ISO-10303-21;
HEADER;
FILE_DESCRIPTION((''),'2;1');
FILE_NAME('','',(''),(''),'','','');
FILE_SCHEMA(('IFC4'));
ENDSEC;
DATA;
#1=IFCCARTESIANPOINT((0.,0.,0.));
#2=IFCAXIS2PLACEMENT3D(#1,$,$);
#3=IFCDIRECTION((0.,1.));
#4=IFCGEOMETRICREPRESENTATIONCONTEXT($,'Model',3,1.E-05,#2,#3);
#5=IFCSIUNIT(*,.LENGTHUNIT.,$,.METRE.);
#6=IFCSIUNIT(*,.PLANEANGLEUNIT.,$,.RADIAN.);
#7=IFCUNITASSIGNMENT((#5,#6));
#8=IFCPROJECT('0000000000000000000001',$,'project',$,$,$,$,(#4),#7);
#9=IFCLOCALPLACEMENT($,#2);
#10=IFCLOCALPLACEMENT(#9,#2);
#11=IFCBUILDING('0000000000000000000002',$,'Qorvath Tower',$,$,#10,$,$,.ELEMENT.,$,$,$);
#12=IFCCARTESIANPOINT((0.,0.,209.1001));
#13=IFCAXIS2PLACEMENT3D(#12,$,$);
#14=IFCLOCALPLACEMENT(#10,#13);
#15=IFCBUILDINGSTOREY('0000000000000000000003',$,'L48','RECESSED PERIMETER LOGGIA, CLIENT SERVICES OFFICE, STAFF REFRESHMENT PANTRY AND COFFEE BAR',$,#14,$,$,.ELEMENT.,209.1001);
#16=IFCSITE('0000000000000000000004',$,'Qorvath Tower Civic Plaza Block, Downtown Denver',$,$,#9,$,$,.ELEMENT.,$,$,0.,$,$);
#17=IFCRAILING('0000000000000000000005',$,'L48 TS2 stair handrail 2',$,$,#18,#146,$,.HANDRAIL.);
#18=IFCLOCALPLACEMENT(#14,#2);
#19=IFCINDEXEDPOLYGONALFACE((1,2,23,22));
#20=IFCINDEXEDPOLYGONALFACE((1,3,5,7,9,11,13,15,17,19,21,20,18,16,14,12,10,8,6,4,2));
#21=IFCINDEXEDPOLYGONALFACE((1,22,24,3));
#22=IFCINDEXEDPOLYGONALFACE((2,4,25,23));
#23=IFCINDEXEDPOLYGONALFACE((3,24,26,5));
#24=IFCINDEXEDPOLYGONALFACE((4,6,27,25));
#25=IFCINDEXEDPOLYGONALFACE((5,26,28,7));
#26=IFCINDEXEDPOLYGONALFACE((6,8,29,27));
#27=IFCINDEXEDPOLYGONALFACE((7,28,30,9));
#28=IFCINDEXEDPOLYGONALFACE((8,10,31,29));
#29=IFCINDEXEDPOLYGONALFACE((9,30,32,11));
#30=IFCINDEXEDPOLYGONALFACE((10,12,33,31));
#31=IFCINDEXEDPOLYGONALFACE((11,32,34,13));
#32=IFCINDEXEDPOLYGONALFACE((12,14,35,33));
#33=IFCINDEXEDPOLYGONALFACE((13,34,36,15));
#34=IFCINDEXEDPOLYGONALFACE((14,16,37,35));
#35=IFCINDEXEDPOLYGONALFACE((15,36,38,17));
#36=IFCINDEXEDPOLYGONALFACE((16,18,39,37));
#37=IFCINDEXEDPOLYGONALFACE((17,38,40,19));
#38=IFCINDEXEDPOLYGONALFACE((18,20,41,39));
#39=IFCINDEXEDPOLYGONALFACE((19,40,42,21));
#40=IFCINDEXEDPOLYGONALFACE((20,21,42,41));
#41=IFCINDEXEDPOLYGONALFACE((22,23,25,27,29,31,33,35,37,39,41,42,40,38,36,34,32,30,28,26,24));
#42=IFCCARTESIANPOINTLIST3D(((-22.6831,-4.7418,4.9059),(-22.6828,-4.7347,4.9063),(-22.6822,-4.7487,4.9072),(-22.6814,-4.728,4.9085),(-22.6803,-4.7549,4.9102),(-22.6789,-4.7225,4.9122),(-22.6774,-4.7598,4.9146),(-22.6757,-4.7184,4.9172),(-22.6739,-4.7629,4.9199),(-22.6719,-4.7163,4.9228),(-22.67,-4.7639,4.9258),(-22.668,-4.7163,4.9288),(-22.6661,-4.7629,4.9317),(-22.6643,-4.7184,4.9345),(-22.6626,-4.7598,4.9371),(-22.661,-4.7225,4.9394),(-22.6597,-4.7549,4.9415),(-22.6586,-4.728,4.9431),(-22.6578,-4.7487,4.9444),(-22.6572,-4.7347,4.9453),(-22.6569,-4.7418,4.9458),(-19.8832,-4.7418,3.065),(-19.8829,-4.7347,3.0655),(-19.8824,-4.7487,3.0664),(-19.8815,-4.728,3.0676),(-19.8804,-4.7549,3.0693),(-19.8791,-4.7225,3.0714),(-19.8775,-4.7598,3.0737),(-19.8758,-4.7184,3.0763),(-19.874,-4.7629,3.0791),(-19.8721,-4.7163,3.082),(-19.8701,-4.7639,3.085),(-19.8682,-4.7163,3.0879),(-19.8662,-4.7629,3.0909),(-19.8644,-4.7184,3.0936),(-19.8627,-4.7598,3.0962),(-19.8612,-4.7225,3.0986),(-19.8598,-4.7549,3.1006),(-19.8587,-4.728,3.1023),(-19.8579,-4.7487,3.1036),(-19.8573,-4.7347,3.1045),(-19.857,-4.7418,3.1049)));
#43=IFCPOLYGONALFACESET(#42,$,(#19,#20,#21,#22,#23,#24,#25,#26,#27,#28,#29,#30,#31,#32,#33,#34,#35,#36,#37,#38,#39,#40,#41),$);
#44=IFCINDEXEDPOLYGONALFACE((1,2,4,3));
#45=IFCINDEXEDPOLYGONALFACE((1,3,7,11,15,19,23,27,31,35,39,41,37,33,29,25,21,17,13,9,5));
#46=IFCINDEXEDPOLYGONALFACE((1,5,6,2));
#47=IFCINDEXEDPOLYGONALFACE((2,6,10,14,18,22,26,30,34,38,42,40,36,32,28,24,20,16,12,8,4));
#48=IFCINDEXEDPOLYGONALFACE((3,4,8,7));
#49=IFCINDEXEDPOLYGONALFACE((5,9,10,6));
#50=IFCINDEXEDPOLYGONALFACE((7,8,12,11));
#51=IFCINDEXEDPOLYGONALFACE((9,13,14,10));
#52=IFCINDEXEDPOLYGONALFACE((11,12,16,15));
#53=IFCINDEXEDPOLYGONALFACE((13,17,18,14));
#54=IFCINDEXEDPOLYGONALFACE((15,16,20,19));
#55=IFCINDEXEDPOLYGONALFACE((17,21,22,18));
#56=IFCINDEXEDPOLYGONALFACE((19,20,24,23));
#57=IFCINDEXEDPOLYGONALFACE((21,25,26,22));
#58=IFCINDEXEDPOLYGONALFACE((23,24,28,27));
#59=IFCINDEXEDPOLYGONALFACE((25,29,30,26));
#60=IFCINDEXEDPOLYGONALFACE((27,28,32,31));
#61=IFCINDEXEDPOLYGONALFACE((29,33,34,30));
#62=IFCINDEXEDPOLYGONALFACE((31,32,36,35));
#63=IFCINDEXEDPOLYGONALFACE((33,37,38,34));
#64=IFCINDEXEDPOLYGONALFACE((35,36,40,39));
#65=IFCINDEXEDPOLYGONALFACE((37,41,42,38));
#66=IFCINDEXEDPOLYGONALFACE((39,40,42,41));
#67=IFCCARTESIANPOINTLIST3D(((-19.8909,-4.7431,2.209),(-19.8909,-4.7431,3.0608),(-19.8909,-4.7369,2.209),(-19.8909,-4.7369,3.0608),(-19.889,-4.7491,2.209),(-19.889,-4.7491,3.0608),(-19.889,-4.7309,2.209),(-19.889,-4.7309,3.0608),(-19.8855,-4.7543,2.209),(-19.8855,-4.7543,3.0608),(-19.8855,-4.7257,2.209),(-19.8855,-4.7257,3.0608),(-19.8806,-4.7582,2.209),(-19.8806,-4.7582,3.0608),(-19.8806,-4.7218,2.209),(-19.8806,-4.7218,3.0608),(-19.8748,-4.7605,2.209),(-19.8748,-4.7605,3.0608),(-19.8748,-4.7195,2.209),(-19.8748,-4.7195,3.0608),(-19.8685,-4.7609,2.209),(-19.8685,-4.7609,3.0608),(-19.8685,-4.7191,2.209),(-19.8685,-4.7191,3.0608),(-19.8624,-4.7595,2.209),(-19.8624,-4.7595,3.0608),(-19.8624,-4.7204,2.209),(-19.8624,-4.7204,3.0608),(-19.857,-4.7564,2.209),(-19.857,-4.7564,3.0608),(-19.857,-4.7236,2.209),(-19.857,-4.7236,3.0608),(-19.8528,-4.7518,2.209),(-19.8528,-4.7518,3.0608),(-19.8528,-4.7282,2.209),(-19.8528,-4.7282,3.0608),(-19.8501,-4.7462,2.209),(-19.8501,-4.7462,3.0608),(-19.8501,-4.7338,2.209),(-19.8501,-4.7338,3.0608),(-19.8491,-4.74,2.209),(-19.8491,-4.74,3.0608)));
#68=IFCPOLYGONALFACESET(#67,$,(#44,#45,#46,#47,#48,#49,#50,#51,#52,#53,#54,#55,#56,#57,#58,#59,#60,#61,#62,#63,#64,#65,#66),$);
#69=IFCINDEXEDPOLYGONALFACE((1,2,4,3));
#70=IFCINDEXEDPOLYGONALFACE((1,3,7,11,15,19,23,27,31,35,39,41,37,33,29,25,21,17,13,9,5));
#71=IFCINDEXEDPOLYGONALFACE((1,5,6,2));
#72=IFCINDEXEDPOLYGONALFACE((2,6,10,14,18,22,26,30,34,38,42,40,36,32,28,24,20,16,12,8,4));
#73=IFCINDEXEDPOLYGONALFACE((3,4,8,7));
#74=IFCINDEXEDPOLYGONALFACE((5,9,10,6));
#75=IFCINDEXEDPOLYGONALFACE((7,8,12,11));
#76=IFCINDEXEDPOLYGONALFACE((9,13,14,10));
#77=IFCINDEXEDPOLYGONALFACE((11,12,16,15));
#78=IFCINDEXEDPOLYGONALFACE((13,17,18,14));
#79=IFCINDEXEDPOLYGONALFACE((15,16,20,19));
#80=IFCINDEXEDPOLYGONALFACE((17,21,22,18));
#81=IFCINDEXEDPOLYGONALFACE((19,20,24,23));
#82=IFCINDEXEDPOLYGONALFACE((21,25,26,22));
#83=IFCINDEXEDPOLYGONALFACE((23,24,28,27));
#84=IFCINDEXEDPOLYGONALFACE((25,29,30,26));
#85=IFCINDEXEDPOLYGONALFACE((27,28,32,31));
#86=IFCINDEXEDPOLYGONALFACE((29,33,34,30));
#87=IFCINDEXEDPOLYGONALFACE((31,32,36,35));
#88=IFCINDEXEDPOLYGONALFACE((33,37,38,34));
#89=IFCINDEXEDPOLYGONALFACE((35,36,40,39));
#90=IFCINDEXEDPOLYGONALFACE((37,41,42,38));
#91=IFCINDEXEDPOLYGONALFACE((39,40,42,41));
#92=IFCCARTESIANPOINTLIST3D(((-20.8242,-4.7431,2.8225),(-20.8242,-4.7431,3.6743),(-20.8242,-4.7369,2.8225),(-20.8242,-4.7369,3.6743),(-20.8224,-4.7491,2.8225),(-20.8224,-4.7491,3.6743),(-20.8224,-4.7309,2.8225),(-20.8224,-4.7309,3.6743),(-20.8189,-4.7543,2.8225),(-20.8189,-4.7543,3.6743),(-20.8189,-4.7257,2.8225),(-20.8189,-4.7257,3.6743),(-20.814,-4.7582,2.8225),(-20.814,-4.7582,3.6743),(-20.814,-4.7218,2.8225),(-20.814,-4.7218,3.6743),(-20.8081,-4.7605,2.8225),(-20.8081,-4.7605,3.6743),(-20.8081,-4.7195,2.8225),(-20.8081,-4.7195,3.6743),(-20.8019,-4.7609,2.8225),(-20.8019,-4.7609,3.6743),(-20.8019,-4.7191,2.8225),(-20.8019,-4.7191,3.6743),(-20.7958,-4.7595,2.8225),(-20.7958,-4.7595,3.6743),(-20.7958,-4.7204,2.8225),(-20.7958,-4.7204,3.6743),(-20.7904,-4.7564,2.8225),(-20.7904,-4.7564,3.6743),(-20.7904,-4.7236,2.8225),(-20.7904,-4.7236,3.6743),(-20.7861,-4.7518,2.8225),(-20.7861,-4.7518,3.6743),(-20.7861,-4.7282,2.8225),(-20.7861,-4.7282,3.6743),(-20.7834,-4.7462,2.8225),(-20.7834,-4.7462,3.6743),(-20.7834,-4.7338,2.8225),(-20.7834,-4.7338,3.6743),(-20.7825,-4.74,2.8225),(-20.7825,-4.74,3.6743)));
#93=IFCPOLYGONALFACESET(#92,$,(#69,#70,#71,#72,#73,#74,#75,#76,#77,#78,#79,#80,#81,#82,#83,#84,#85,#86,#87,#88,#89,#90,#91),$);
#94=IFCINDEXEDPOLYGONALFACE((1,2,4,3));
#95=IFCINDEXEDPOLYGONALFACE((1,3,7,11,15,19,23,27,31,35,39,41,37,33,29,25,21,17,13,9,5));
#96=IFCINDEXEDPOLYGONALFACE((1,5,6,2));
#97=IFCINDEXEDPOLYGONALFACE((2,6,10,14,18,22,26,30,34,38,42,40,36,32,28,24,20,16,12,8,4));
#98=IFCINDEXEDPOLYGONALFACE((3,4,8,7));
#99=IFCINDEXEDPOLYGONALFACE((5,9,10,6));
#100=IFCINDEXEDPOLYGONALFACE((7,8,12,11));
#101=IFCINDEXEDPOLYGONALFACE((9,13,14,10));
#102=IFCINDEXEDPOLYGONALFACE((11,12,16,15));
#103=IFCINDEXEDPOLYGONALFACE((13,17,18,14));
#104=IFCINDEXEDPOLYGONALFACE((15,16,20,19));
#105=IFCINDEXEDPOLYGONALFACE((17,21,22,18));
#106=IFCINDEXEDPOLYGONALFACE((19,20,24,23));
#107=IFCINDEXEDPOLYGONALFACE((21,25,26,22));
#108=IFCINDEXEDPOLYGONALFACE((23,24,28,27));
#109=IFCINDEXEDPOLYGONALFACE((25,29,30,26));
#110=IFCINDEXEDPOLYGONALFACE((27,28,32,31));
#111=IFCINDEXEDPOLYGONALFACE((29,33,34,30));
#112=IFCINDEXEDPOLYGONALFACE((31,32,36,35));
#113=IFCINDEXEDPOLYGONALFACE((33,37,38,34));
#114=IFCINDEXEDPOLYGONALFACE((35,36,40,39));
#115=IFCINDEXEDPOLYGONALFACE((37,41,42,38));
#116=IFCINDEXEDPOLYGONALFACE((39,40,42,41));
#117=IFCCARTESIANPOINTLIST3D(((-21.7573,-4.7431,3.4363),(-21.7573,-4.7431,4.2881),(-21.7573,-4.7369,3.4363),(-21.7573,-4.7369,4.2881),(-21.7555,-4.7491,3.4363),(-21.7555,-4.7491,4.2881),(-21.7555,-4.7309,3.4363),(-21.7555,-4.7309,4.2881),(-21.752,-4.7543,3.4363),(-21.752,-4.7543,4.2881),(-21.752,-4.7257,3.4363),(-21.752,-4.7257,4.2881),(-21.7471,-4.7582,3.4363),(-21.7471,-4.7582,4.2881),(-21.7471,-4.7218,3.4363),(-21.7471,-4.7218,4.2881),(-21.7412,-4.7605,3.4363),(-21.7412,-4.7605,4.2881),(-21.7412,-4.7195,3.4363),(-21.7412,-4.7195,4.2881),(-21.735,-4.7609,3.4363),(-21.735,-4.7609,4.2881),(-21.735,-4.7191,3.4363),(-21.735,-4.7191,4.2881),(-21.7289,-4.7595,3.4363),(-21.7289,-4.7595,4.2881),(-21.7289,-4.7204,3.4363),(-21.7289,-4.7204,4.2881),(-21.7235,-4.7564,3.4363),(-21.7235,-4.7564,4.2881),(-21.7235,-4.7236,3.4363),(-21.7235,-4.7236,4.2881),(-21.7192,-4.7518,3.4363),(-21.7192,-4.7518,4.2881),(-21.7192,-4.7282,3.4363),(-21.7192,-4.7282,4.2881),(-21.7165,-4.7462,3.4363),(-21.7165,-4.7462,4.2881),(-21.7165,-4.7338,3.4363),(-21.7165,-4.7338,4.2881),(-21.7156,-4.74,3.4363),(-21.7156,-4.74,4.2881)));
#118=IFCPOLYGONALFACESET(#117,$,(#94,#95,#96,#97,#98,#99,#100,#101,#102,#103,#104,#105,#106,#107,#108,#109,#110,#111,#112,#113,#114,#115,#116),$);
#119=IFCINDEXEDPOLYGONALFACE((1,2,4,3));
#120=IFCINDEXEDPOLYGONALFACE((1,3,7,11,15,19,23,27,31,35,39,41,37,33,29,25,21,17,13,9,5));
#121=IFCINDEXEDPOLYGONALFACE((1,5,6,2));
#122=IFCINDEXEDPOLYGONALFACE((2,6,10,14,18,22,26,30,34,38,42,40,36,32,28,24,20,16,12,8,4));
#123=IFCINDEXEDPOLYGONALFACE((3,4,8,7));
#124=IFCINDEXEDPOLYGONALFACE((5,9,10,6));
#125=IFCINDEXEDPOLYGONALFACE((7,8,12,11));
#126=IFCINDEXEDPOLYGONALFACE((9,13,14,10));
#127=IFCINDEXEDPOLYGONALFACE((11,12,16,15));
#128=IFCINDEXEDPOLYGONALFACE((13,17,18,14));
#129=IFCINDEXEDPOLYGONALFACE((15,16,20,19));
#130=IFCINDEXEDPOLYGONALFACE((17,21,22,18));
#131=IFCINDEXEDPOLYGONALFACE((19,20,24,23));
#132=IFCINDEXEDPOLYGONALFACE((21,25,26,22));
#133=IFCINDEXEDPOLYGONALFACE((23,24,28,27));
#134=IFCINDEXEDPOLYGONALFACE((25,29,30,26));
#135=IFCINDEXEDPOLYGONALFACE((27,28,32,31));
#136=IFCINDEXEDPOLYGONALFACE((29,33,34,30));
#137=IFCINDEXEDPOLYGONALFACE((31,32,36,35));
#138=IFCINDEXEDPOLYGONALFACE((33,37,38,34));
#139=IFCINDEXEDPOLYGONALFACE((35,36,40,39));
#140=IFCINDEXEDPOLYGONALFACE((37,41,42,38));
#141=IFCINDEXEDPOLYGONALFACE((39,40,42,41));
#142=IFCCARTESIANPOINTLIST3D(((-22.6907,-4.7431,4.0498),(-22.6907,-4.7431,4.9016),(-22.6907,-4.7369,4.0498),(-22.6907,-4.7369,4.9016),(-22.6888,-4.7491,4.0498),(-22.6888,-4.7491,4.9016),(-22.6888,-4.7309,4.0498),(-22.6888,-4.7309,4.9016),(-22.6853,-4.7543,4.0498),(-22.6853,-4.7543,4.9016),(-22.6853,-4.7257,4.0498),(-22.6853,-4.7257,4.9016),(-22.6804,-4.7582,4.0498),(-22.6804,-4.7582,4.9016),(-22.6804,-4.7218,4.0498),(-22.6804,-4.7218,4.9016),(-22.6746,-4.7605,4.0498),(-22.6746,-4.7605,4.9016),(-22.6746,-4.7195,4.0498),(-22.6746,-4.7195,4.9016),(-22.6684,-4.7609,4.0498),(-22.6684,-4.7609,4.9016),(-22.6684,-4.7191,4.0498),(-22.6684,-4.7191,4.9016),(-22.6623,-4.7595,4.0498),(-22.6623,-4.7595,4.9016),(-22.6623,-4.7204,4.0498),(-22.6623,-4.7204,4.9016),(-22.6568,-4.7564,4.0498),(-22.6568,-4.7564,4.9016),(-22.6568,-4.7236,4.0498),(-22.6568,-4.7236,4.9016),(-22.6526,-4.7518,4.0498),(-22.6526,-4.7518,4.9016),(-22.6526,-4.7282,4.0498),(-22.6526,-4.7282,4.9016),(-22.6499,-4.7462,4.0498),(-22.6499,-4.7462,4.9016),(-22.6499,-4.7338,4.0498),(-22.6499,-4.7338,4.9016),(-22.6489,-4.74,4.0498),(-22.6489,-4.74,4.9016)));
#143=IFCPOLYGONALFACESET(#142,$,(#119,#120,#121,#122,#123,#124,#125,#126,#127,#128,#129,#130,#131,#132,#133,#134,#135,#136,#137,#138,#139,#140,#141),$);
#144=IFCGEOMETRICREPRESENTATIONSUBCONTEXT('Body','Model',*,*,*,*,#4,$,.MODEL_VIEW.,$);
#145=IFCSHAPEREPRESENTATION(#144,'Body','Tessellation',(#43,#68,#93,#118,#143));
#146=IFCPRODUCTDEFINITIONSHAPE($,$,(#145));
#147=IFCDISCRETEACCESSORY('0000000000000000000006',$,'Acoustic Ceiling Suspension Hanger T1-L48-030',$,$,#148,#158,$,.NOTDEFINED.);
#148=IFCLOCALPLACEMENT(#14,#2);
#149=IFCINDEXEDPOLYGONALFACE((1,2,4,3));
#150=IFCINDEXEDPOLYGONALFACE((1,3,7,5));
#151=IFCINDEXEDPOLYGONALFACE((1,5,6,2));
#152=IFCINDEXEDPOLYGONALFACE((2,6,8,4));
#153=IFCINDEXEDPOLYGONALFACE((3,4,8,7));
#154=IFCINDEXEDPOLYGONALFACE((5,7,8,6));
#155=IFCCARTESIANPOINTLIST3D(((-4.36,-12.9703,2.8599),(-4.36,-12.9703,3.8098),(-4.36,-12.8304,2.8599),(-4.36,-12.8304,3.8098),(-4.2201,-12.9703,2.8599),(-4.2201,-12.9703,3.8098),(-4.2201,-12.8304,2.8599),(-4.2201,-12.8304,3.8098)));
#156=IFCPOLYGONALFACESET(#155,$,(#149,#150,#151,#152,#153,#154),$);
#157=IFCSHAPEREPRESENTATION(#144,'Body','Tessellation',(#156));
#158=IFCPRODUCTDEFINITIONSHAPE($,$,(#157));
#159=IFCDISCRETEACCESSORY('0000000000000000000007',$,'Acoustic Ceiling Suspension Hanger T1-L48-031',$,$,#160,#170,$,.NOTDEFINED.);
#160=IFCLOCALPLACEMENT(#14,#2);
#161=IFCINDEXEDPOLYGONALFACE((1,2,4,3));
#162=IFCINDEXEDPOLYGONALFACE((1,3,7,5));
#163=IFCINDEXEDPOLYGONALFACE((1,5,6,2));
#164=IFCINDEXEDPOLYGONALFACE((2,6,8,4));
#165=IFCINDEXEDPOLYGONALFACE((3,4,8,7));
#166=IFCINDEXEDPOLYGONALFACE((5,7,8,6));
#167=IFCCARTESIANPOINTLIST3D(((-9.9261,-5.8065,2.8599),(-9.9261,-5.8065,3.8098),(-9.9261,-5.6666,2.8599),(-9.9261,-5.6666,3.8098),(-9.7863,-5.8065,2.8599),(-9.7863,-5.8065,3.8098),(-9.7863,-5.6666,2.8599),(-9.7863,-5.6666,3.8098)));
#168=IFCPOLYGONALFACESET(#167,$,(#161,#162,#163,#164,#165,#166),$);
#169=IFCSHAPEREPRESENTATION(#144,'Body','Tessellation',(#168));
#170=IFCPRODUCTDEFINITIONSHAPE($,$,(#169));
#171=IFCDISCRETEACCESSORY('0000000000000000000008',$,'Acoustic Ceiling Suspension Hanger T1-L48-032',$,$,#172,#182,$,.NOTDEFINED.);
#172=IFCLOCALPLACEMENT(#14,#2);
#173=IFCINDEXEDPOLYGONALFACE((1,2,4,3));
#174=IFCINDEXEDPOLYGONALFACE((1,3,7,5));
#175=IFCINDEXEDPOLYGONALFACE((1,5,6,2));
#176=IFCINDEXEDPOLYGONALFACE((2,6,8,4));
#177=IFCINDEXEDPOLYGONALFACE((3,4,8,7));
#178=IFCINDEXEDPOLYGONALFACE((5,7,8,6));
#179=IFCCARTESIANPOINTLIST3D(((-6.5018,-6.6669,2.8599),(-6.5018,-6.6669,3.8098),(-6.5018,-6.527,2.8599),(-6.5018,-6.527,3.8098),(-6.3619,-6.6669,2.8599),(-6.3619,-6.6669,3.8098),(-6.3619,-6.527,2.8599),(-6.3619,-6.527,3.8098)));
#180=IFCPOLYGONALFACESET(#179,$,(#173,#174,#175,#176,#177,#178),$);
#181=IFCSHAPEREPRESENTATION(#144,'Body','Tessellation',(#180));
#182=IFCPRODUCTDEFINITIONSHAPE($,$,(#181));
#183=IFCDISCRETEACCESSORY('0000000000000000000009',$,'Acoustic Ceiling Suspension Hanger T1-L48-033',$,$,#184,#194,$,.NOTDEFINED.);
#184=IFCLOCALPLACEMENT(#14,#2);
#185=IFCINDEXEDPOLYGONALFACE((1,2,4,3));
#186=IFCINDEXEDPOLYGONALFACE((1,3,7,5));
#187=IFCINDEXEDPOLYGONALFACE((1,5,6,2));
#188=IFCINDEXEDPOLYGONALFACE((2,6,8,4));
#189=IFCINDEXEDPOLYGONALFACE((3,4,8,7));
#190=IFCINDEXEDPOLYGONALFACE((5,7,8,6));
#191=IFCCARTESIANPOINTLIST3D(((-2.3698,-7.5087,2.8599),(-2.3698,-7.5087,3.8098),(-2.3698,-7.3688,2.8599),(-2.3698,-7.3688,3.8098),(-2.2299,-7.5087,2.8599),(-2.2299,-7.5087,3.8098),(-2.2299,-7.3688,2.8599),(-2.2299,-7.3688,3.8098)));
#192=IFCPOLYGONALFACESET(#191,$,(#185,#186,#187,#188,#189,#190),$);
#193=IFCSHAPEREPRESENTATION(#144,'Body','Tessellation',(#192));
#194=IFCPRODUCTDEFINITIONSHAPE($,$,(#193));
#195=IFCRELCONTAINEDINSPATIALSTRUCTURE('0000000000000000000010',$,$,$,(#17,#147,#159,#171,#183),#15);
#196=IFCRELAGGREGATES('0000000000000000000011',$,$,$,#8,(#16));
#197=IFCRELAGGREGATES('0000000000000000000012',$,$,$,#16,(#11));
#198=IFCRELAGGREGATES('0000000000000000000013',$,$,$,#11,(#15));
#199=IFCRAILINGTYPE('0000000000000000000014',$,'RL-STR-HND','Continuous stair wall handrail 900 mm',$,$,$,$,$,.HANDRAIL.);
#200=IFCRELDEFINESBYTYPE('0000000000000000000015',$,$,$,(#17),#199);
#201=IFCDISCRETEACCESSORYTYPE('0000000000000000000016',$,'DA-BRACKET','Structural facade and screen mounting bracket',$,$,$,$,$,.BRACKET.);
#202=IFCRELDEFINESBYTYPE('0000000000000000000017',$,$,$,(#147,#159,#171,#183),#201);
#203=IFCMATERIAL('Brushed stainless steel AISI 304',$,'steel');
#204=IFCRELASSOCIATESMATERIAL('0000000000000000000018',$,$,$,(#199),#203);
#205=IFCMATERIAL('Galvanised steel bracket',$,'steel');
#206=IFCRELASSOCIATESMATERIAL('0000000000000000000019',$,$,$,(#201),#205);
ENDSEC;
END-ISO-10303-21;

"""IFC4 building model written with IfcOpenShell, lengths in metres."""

from ifc_helpers import new_model, si_unit, direction, frame, origin, origin_2d, place, context, subcontext, project, spatial, rectangle, circle, extrude, material, type_object, element, save


model = new_model("IFC4")

# Units and contexts
model_context = context("Model", 3, precision=1e-05, world=origin(), true_north=direction((0.0, 1.0)))
body_context = subcontext(model_context, "Body", "Model", "MODEL_VIEW")
ifc_project = project(units=[si_unit("LENGTHUNIT", "METRE"), si_unit("PLANEANGLEUNIT", "RADIAN")], contexts=[model_context])

# Site, building, storey
site_placement = place(None, origin())
site = spatial("IfcSite", under=ifc_project, at=site_placement, Name="Qorvath Tower Civic Plaza Block, Downtown Denver", CompositionType="ELEMENT", RefElevation=0.0)
building_placement = place(site_placement, origin())
building = spatial("IfcBuilding", under=site, at=building_placement, Name="Qorvath Tower", CompositionType="ELEMENT")
storey_placement = place(building_placement, frame((0.0, 0.0, 209.1001)))
storey = spatial("IfcBuildingStorey", under=building, at=storey_placement, Name="L48", Description="RECESSED PERIMETER LOGGIA, CLIENT SERVICES OFFICE, STAFF REFRESHMENT PANTRY AND COFFEE BAR", CompositionType="ELEMENT", Elevation=209.1001)

# Railing
ifc_material_1 = material(Name="Brushed stainless steel AISI 304", Category="steel")
railing_type_1 = type_object("IfcRailingType", Name="RL-STR-HND", Description="Continuous stair wall handrail 900 mm", PredefinedType="HANDRAIL", material=ifc_material_1)
railing_1_placement = place(storey_placement, frame((-19.8701, -4.74, 2.209)))
element("IfcRailing", 1, at=railing_1_placement, inside=storey, type_object=railing_type_1, Name="L48 TS2 stair handrail 2", PredefinedType="HANDRAIL", context=body_context, shape_type="SweptSolid", body=[
    extrude(circle(Radius=0.0239, at=origin_2d()), frame((0.0, 0.0, 0.876), z_axis=(-0.835576, 0.0, 0.549376), x_axis=(0.0, -1.0, 0.0)), (0.0, 0.0, 1.0), 3.3508),
    extrude(circle(Radius=0.021, at=origin_2d()), origin(), (0.0, 0.0, 1.0), 0.8518),
    extrude(circle(Radius=0.021, at=origin_2d()), frame((-0.9333, 0.0, 0.6135)), (0.0, 0.0, 1.0), 0.8518),
    extrude(circle(Radius=0.021, at=origin_2d()), frame((-1.8665, 0.0, 1.2273)), (0.0, 0.0, 1.0), 0.8518),
    extrude(circle(Radius=0.021, at=origin_2d()), frame((-2.7998, 0.0, 1.8408)), (0.0, 0.0, 1.0), 0.8518),
])

# Discrete accessories
ifc_material_2 = material(Name="Galvanised steel bracket", Category="steel")
discrete_accessory_type = type_object("IfcDiscreteAccessoryType", Name="DA-BRACKET", Description="Structural facade and screen mounting bracket", PredefinedType="BRACKET", material=ifc_material_2)
for number, where, z_axis, x_axis, name in (
    (2, (-4.29, -12.9004, 2.8599), (0.0, 0.0, 1.0), (1.0, 0.0, 0.0), "Acoustic Ceiling Suspension Hanger T1-L48-030"),
    (3, (-9.8562, -5.7366, 2.8599), (0.0, 0.0, 1.0), (1.0, 0.0, 0.0), "Acoustic Ceiling Suspension Hanger T1-L48-031"),
    (4, (-6.4319, -6.5969, 2.8599), (0.0, 0.0, 1.0), (1.0, 0.0, 0.0), "Acoustic Ceiling Suspension Hanger T1-L48-032"),
    (5, (-2.2998, -7.4387, 2.8599), (0.0, 0.0, 1.0), (1.0, 0.0, 0.0), "Acoustic Ceiling Suspension Hanger T1-L48-033"),
):
    element("IfcDiscreteAccessory", number, at=place(storey_placement, frame(where, z_axis=z_axis, x_axis=x_axis)), inside=storey, type_object=discrete_accessory_type, Name=name, PredefinedType="NOTDEFINED", context=body_context, shape_type="SweptSolid", body=[
        extrude(rectangle(XDim=0.1399, YDim=0.1399, at=origin_2d()), origin(), (0.0, 0.0, 1.0), 0.95),
    ])

save(model, "model.ifc")
